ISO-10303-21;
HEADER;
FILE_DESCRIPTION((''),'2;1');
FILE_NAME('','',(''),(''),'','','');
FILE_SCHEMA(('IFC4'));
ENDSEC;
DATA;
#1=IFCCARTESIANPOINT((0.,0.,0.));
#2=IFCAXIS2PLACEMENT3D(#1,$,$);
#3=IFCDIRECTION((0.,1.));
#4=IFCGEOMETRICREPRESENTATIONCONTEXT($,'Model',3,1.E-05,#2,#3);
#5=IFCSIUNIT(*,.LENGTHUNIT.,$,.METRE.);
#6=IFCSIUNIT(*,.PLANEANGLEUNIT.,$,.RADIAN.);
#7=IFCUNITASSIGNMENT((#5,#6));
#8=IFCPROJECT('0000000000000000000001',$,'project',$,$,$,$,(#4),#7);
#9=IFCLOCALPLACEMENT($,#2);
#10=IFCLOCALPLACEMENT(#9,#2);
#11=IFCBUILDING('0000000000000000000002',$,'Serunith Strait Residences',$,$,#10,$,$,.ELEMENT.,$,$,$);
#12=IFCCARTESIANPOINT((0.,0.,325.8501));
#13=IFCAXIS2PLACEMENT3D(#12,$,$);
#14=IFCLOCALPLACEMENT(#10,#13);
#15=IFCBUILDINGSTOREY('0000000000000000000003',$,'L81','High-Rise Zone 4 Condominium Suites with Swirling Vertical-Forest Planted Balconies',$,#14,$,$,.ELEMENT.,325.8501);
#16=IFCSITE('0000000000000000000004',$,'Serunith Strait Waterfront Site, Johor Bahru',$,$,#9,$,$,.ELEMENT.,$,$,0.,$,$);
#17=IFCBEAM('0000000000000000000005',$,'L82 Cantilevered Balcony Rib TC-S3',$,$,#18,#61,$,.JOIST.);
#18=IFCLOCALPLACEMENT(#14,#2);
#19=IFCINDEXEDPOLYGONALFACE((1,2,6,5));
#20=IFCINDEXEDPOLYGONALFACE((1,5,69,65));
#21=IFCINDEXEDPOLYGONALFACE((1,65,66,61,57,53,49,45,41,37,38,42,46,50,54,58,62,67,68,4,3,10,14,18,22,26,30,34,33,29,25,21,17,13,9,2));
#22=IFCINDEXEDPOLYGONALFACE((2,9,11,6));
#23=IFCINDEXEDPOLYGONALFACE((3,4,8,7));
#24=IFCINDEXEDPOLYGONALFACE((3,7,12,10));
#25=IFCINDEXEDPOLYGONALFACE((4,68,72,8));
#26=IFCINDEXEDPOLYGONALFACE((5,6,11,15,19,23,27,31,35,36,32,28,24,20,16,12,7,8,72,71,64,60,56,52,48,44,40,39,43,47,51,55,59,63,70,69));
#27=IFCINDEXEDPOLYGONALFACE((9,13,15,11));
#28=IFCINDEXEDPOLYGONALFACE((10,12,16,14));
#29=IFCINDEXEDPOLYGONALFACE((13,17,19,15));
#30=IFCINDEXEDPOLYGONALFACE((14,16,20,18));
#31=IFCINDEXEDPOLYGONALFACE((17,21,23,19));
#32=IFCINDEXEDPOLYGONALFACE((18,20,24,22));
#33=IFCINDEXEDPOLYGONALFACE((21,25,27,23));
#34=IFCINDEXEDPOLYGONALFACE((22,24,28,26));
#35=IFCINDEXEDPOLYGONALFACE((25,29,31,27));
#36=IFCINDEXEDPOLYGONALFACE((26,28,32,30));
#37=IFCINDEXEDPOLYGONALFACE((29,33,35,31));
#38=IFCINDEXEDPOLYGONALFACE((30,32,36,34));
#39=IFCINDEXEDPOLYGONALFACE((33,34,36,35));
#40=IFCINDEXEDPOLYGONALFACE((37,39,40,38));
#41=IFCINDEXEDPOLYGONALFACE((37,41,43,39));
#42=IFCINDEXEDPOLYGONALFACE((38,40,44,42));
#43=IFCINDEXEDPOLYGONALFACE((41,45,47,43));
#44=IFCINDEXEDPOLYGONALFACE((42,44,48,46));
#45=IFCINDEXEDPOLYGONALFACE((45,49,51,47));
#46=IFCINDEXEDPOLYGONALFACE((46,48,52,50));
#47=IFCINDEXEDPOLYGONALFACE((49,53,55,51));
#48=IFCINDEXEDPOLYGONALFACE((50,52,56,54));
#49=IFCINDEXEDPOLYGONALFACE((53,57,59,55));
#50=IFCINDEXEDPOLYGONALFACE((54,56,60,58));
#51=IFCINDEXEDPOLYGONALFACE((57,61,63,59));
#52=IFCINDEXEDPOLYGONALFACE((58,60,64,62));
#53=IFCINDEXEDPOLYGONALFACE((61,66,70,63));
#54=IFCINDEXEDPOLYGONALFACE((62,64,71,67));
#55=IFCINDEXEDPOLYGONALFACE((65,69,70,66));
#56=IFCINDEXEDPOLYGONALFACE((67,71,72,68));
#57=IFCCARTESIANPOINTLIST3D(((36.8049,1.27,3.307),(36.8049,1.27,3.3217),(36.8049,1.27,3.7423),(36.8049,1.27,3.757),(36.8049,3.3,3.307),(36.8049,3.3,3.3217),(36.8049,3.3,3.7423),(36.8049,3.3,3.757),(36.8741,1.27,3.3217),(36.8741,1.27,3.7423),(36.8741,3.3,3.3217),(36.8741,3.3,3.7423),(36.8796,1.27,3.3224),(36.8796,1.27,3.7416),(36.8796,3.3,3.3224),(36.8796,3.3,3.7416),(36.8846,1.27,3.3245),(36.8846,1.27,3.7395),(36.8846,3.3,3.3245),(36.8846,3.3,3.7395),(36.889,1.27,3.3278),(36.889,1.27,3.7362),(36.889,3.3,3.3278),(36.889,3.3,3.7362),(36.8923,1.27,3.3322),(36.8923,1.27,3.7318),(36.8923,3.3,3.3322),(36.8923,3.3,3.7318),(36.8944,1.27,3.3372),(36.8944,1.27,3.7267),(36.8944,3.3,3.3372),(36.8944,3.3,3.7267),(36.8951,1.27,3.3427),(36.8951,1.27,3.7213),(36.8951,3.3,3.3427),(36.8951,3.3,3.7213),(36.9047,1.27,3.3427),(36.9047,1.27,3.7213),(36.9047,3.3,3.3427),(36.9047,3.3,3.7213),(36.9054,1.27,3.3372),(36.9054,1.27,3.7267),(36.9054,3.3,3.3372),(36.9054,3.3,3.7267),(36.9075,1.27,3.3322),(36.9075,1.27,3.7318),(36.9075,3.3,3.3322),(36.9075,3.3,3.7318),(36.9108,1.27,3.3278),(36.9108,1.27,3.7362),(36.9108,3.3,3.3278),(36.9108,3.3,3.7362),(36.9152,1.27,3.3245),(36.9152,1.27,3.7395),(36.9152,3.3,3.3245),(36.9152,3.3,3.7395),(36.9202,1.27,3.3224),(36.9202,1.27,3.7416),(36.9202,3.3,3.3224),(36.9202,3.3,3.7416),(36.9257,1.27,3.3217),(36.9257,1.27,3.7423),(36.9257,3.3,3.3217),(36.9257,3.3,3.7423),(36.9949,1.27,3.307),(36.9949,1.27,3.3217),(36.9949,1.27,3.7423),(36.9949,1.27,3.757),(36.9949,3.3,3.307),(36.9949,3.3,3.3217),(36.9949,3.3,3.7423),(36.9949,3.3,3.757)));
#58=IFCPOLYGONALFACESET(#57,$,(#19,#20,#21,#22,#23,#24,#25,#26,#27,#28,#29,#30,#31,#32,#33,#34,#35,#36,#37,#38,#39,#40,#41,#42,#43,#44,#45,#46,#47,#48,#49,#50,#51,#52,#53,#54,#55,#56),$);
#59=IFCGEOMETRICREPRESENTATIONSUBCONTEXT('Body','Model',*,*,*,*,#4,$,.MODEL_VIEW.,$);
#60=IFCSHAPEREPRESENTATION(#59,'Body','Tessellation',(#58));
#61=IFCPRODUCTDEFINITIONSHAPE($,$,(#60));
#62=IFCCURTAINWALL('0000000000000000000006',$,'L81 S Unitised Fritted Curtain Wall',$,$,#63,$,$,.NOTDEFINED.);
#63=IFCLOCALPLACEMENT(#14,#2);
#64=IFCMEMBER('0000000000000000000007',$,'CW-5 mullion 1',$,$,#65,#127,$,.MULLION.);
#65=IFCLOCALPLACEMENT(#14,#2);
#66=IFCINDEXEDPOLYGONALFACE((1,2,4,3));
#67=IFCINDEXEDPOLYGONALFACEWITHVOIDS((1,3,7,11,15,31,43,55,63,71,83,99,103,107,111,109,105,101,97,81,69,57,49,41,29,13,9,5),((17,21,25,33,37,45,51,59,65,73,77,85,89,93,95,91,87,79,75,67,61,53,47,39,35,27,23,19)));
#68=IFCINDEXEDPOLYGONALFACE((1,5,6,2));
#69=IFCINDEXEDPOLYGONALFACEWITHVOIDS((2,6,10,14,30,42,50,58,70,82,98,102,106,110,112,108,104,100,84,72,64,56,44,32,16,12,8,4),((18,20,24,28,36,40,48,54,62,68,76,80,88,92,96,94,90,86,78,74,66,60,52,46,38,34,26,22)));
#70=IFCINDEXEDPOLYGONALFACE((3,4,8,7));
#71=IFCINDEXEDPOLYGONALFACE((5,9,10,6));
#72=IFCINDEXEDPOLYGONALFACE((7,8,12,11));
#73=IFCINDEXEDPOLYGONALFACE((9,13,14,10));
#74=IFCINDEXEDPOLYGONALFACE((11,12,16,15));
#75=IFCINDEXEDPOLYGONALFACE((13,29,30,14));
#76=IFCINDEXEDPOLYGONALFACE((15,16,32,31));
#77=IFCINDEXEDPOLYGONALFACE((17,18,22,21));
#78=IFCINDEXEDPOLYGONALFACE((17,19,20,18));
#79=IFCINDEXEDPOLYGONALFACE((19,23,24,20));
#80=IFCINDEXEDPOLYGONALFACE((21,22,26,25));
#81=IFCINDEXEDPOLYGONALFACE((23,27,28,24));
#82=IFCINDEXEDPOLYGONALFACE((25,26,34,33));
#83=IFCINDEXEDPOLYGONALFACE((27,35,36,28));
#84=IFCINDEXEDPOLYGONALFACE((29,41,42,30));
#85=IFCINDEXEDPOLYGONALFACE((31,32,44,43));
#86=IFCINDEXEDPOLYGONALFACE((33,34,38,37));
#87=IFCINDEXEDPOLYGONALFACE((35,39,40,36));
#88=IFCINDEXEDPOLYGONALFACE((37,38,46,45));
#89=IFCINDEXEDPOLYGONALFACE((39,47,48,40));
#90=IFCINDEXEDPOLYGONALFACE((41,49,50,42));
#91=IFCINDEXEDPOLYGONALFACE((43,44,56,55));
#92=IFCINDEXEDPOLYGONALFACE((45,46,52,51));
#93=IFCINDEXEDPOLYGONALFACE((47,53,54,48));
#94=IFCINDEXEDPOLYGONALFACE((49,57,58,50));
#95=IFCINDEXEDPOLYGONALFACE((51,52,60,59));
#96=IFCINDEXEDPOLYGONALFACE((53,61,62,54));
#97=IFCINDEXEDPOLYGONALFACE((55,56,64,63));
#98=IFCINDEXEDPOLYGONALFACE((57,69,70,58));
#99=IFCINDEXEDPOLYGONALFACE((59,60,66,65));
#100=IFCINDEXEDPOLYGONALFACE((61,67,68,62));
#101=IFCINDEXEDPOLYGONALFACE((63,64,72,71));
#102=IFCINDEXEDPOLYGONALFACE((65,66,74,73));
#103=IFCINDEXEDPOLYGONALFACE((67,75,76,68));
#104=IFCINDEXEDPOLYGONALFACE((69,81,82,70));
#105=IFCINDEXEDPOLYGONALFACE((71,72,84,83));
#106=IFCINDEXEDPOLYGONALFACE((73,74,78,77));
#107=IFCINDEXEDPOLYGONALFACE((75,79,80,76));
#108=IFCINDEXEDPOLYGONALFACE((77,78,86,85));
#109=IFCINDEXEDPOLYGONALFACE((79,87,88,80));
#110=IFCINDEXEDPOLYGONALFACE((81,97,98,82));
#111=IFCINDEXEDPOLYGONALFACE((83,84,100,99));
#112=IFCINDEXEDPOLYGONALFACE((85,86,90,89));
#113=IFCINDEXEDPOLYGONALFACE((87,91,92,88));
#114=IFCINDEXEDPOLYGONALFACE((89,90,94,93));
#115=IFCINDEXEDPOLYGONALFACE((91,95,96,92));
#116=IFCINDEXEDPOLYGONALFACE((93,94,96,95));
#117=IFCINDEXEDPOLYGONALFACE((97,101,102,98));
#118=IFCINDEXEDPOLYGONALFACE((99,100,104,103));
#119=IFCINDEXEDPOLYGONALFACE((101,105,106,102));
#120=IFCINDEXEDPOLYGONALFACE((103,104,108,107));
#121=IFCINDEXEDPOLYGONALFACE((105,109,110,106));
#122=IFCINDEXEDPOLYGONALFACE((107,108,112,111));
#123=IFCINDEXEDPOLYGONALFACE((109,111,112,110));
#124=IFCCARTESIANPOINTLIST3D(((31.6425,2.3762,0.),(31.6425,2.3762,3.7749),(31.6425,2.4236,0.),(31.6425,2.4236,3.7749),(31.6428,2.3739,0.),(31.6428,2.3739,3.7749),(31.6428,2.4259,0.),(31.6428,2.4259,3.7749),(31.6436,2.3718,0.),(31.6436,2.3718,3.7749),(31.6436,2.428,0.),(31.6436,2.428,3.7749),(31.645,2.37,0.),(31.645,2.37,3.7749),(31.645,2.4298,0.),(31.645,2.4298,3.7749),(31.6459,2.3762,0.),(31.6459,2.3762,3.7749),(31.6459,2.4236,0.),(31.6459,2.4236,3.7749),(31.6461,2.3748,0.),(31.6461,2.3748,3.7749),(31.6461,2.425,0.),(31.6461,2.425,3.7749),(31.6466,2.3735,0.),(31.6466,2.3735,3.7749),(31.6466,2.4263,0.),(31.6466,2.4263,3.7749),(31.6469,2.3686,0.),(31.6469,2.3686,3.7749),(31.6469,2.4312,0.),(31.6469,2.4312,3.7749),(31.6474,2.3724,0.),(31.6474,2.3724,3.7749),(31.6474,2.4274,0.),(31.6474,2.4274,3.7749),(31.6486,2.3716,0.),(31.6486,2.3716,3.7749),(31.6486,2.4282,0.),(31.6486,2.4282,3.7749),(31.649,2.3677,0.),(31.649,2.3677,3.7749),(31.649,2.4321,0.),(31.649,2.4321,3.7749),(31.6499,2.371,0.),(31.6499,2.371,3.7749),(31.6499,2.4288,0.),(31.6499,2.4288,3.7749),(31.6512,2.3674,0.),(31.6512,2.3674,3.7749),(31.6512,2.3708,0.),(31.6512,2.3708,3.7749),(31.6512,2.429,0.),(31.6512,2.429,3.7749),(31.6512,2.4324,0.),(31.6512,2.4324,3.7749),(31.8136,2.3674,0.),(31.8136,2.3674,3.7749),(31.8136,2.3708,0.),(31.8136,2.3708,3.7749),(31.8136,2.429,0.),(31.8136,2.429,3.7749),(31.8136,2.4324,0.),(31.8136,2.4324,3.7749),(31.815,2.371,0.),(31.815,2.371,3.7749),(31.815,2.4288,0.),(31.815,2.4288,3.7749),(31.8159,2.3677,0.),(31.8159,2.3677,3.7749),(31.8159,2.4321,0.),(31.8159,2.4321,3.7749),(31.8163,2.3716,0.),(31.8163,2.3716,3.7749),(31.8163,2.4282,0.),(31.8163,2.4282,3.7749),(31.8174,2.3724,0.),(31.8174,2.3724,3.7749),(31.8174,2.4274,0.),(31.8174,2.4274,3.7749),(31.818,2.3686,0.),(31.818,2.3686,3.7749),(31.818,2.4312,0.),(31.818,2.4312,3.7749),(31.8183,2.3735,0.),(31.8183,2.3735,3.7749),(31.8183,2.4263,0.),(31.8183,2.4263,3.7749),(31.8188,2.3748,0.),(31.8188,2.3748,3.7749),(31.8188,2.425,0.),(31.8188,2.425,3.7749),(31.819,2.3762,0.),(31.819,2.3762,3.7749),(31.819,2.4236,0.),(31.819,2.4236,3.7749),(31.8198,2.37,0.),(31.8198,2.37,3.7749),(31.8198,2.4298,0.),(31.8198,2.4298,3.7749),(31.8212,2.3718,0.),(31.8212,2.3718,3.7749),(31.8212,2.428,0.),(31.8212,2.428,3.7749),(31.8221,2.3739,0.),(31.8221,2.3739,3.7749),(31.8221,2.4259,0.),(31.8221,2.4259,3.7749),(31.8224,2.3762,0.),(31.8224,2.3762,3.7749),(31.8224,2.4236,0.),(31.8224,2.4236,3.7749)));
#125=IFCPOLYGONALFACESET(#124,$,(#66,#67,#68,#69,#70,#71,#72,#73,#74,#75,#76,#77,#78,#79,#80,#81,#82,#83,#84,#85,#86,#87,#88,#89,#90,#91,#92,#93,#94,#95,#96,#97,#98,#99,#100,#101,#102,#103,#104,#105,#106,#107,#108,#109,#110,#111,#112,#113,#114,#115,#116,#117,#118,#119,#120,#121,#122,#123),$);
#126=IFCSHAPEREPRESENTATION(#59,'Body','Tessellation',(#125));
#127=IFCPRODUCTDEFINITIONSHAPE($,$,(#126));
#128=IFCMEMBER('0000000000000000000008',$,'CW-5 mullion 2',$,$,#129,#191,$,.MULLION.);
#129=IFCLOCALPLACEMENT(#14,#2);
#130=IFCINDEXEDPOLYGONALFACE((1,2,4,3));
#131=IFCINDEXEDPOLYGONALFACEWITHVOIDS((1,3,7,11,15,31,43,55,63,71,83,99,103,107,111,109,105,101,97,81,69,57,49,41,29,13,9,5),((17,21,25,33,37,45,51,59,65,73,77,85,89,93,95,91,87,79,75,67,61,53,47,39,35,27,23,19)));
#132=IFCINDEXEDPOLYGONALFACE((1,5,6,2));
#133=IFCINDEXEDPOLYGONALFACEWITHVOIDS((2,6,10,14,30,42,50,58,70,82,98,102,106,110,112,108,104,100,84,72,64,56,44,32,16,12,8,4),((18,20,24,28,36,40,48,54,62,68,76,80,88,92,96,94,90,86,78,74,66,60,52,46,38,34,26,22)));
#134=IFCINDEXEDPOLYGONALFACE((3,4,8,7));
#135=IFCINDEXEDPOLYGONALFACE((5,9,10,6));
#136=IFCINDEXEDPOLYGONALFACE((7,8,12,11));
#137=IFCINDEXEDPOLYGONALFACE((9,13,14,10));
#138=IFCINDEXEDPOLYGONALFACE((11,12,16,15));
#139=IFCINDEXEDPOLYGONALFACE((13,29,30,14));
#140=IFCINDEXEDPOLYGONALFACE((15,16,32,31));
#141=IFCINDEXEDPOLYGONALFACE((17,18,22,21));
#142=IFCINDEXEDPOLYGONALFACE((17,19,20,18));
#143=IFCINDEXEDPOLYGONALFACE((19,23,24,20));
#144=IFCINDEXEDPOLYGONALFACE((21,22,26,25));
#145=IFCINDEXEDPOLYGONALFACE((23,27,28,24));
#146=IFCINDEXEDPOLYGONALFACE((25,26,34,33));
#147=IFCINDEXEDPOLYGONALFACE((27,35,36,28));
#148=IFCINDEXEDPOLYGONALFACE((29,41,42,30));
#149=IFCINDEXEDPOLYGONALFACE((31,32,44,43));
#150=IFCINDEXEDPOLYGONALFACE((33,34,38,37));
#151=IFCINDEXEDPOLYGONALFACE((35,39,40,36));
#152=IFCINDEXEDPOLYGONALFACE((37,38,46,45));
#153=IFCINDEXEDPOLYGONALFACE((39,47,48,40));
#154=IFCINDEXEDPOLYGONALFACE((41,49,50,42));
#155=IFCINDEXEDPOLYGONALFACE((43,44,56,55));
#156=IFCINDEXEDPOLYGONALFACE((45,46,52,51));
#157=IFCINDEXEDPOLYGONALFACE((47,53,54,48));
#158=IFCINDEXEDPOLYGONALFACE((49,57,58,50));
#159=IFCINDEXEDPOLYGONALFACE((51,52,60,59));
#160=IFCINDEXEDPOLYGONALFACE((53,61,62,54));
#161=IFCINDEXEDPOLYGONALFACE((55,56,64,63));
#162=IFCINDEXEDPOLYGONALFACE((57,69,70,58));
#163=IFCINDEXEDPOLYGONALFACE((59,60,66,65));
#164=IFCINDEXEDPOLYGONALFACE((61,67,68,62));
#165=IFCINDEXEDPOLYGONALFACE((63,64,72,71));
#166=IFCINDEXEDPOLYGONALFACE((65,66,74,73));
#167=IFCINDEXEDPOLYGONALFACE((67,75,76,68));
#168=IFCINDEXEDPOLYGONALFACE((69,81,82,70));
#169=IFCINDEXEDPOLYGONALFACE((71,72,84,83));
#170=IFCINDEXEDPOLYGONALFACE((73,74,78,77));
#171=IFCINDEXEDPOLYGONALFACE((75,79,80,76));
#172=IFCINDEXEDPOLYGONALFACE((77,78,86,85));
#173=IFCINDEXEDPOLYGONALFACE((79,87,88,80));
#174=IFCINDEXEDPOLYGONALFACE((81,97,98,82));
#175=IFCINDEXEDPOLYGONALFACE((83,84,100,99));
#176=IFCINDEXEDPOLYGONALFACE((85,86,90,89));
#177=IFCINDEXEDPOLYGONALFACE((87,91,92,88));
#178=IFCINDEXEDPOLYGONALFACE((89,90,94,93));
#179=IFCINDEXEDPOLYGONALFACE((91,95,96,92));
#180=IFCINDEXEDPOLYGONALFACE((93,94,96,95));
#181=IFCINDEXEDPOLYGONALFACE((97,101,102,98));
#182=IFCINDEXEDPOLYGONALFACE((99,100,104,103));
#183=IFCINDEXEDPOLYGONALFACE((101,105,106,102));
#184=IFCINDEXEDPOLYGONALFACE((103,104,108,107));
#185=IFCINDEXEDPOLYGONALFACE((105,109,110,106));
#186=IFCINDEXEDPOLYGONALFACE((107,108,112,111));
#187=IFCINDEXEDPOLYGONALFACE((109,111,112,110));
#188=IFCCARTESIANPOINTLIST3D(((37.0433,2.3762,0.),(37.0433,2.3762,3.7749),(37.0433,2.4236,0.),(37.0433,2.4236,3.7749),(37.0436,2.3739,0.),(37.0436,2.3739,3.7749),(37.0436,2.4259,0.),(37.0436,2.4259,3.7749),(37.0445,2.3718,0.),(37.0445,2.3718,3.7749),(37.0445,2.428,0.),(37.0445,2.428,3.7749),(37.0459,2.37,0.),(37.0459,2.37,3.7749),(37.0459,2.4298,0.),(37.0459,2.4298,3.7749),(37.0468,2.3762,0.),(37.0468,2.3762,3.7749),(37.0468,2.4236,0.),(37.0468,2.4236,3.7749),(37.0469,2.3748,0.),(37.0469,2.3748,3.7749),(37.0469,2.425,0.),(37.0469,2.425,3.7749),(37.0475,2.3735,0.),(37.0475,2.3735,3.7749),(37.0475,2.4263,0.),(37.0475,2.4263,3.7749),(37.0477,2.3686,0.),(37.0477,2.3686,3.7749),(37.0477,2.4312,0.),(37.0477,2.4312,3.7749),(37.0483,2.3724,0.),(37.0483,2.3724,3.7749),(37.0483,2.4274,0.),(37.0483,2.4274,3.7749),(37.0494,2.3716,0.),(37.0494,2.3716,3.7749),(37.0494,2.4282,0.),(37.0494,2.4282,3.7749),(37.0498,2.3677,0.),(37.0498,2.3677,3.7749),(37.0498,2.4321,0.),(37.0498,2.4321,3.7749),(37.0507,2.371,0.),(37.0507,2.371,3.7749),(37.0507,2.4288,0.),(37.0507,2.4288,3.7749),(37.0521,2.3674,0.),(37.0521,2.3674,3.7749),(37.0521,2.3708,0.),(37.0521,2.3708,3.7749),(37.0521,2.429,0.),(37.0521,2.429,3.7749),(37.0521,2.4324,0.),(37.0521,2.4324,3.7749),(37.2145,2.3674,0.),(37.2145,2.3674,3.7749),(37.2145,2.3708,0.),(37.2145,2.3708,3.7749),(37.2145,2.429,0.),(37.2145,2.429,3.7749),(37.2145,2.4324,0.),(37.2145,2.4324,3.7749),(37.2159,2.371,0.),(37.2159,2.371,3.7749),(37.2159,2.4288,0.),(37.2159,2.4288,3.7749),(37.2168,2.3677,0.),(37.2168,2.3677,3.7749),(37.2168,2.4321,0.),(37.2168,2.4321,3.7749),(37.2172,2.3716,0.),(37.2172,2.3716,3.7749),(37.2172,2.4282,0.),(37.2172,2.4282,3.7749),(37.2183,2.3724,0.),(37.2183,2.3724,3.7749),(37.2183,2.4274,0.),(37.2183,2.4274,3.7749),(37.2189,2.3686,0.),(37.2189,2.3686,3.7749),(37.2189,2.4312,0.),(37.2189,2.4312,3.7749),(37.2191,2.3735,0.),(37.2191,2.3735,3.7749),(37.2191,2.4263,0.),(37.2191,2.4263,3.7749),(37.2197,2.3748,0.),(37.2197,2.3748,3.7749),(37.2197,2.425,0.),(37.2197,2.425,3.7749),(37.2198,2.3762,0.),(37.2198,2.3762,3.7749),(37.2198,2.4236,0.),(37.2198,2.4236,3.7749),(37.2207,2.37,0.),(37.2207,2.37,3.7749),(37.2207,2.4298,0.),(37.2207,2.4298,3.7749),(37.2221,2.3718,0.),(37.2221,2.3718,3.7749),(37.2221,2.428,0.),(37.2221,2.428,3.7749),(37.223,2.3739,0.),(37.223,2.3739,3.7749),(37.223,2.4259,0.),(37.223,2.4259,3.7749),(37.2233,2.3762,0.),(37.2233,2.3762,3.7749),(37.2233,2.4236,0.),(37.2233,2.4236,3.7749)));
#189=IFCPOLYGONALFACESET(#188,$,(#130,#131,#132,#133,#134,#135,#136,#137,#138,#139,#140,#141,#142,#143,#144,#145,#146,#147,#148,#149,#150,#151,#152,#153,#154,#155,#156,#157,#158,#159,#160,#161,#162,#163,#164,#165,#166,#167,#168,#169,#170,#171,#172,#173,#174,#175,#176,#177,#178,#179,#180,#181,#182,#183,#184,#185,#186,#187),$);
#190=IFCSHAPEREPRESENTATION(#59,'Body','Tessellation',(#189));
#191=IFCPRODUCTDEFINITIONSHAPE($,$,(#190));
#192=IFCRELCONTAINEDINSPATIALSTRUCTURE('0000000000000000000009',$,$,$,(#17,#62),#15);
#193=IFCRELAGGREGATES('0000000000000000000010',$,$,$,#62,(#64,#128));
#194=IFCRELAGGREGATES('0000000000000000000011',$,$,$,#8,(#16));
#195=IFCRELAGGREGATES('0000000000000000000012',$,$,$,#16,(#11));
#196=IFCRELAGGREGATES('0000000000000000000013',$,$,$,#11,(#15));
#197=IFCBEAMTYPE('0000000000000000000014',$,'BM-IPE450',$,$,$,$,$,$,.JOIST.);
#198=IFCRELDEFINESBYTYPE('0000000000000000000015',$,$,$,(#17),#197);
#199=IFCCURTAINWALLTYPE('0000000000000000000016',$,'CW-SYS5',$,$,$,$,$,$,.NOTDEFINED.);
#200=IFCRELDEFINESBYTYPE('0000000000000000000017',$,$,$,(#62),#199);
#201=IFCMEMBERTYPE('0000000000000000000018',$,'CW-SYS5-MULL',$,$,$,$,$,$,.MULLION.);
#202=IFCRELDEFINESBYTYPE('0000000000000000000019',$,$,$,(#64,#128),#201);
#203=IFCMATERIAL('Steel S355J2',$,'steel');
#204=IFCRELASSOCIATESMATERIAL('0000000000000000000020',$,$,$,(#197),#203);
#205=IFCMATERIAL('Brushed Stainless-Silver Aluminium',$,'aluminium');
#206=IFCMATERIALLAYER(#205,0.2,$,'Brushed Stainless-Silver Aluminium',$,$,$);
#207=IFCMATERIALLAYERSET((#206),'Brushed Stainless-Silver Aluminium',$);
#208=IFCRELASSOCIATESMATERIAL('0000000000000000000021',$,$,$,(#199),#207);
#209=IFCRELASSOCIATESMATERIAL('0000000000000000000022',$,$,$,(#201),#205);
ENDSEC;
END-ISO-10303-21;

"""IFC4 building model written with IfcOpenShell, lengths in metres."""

from ifc_helpers import new_model, si_unit, direction, frame, origin, origin_2d, place, context, subcontext, project, spatial, hollow_rectangle, i_section, extrude, source, transform, mapped, material, layer, layer_set, material_profile, profile_set, type_object, element, aggregate, save


model = new_model("IFC4")

# Units and contexts
model_context = context("Model", 3, precision=1e-05, world=origin(), true_north=direction((0.0, 1.0)))
body_context = subcontext(model_context, "Body", "Model", "MODEL_VIEW")
ifc_project = project(units=[si_unit("LENGTHUNIT", "METRE"), si_unit("PLANEANGLEUNIT", "RADIAN")], contexts=[model_context])

# Site, building, storey
site_placement = place(None, origin())
site = spatial("IfcSite", under=ifc_project, at=site_placement, Name="Serunith Strait Waterfront Site, Johor Bahru", CompositionType="ELEMENT", RefElevation=0.0)
building_placement = place(site_placement, origin())
building = spatial("IfcBuilding", under=site, at=building_placement, Name="Serunith Strait Residences", CompositionType="ELEMENT")
storey_placement = place(building_placement, frame((0.0, 0.0, 325.8501)))
storey = spatial("IfcBuildingStorey", under=building, at=storey_placement, Name="L81", Description="High-Rise Zone 4 Condominium Suites with Swirling Vertical-Forest Planted Balconies", CompositionType="ELEMENT", Elevation=325.8501)

# Beam
ifc_material_1 = material(Name="Steel S355J2", Category="steel")
ifc_material_profile_1 = material_profile(ifc_material_1, i_section(OverallWidth=0.1899, OverallDepth=0.45, WebThickness=0.0095, FlangeThickness=0.0146, FilletRadius=0.021, at=origin_2d()), Name="IPE 450")
ifc_profile_set_1 = profile_set([ifc_material_profile_1], Name="Steel S355J2")
beam_type_1 = type_object("IfcBeamType", Name="BM-IPE450", PredefinedType="JOIST", material=ifc_profile_set_1)
shared_shape_1 = source(origin(), body_context, "Body", "SweptSolid", [
    extrude(i_section(OverallWidth=0.1899, OverallDepth=0.45, WebThickness=0.0095, FlangeThickness=0.0146, FilletRadius=0.021, at=origin_2d()), origin(), (0.0, 0.0, 1.0), 2.03),
])
beam_1_placement = place(storey_placement, frame((36.8999, 3.3, 3.532), z_axis=(0.0, -1.0, 0.0), x_axis=(1.0, 0.0, 0.0)))
element("IfcBeam", 1, at=beam_1_placement, inside=storey, type_object=beam_type_1, Name="L82 Cantilevered Balcony Rib TC-S3", PredefinedType="JOIST", context=body_context, shape_type="MappedRepresentation", body=[
    mapped(shared_shape_1, transform((0.0, 0.0, 0.0), scale=1.0)),
])

# Curtain wall, members
ifc_material_2 = material(Name="Brushed Stainless-Silver Aluminium", Category="aluminium")
ifc_layer_1 = layer(ifc_material_2, 0.2, Name="Brushed Stainless-Silver Aluminium")
ifc_layer_set_1 = layer_set([ifc_layer_1], Name="Brushed Stainless-Silver Aluminium")
curtain_wall_type = type_object("IfcCurtainWallType", Name="CW-SYS5", PredefinedType="NOTDEFINED", material=ifc_layer_set_1)
curtain_wall_placement = place(storey_placement, origin())
curtain_wall = element("IfcCurtainWall", 2, at=curtain_wall_placement, inside=storey, type_object=curtain_wall_type, Name="L81 S Unitised Fritted Curtain Wall", PredefinedType="NOTDEFINED")
ifc_material_profile_2 = material_profile(ifc_material_2, hollow_rectangle(XDim=0.0649, YDim=0.1799, WallThickness=0.0034, InnerFilletRadius=0.0054, OuterFilletRadius=0.0088, at=origin_2d()), Name="ALU 180x65x3.5")
ifc_profile_set_2 = profile_set([ifc_material_profile_2], Name="Brushed Stainless-Silver Aluminium")
member_type_1 = type_object("IfcMemberType", Name="CW-SYS5-MULL", PredefinedType="MULLION", material=ifc_profile_set_2)
shared_shape_2 = source(origin(), body_context, "Body", "SweptSolid", [
    extrude(hollow_rectangle(XDim=0.0649, YDim=0.1799, WallThickness=0.0034, InnerFilletRadius=0.0054, OuterFilletRadius=0.0088, at=origin_2d()), origin(), (0.0, 0.0, 1.0), 3.7749),
])
member_1_placement = place(storey_placement, frame((31.7324, 2.3999, 0.0), z_axis=(0.0, 0.0, 1.0), x_axis=(0.0, 1.0, 0.0)))
member_1 = element("IfcMember", 3, at=member_1_placement, type_object=member_type_1, Name="CW-5 mullion 1", PredefinedType="MULLION", context=body_context, shape_type="MappedRepresentation", body=[
    mapped(shared_shape_2, transform((0.0, 0.0, 0.0), scale=1.0)),
])
member_2_placement = place(storey_placement, frame((37.1333, 2.3999, 0.0), z_axis=(0.0, 0.0, 1.0), x_axis=(0.0, 1.0, 0.0)))
member_2 = element("IfcMember", 4, at=member_2_placement, type_object=member_type_1, Name="CW-5 mullion 2", PredefinedType="MULLION", context=body_context, shape_type="MappedRepresentation", body=[
    mapped(shared_shape_2, transform((0.0, 0.0, 0.0), scale=1.0)),
])
aggregate(curtain_wall, [member_1, member_2])

save(model, "model.ifc")
